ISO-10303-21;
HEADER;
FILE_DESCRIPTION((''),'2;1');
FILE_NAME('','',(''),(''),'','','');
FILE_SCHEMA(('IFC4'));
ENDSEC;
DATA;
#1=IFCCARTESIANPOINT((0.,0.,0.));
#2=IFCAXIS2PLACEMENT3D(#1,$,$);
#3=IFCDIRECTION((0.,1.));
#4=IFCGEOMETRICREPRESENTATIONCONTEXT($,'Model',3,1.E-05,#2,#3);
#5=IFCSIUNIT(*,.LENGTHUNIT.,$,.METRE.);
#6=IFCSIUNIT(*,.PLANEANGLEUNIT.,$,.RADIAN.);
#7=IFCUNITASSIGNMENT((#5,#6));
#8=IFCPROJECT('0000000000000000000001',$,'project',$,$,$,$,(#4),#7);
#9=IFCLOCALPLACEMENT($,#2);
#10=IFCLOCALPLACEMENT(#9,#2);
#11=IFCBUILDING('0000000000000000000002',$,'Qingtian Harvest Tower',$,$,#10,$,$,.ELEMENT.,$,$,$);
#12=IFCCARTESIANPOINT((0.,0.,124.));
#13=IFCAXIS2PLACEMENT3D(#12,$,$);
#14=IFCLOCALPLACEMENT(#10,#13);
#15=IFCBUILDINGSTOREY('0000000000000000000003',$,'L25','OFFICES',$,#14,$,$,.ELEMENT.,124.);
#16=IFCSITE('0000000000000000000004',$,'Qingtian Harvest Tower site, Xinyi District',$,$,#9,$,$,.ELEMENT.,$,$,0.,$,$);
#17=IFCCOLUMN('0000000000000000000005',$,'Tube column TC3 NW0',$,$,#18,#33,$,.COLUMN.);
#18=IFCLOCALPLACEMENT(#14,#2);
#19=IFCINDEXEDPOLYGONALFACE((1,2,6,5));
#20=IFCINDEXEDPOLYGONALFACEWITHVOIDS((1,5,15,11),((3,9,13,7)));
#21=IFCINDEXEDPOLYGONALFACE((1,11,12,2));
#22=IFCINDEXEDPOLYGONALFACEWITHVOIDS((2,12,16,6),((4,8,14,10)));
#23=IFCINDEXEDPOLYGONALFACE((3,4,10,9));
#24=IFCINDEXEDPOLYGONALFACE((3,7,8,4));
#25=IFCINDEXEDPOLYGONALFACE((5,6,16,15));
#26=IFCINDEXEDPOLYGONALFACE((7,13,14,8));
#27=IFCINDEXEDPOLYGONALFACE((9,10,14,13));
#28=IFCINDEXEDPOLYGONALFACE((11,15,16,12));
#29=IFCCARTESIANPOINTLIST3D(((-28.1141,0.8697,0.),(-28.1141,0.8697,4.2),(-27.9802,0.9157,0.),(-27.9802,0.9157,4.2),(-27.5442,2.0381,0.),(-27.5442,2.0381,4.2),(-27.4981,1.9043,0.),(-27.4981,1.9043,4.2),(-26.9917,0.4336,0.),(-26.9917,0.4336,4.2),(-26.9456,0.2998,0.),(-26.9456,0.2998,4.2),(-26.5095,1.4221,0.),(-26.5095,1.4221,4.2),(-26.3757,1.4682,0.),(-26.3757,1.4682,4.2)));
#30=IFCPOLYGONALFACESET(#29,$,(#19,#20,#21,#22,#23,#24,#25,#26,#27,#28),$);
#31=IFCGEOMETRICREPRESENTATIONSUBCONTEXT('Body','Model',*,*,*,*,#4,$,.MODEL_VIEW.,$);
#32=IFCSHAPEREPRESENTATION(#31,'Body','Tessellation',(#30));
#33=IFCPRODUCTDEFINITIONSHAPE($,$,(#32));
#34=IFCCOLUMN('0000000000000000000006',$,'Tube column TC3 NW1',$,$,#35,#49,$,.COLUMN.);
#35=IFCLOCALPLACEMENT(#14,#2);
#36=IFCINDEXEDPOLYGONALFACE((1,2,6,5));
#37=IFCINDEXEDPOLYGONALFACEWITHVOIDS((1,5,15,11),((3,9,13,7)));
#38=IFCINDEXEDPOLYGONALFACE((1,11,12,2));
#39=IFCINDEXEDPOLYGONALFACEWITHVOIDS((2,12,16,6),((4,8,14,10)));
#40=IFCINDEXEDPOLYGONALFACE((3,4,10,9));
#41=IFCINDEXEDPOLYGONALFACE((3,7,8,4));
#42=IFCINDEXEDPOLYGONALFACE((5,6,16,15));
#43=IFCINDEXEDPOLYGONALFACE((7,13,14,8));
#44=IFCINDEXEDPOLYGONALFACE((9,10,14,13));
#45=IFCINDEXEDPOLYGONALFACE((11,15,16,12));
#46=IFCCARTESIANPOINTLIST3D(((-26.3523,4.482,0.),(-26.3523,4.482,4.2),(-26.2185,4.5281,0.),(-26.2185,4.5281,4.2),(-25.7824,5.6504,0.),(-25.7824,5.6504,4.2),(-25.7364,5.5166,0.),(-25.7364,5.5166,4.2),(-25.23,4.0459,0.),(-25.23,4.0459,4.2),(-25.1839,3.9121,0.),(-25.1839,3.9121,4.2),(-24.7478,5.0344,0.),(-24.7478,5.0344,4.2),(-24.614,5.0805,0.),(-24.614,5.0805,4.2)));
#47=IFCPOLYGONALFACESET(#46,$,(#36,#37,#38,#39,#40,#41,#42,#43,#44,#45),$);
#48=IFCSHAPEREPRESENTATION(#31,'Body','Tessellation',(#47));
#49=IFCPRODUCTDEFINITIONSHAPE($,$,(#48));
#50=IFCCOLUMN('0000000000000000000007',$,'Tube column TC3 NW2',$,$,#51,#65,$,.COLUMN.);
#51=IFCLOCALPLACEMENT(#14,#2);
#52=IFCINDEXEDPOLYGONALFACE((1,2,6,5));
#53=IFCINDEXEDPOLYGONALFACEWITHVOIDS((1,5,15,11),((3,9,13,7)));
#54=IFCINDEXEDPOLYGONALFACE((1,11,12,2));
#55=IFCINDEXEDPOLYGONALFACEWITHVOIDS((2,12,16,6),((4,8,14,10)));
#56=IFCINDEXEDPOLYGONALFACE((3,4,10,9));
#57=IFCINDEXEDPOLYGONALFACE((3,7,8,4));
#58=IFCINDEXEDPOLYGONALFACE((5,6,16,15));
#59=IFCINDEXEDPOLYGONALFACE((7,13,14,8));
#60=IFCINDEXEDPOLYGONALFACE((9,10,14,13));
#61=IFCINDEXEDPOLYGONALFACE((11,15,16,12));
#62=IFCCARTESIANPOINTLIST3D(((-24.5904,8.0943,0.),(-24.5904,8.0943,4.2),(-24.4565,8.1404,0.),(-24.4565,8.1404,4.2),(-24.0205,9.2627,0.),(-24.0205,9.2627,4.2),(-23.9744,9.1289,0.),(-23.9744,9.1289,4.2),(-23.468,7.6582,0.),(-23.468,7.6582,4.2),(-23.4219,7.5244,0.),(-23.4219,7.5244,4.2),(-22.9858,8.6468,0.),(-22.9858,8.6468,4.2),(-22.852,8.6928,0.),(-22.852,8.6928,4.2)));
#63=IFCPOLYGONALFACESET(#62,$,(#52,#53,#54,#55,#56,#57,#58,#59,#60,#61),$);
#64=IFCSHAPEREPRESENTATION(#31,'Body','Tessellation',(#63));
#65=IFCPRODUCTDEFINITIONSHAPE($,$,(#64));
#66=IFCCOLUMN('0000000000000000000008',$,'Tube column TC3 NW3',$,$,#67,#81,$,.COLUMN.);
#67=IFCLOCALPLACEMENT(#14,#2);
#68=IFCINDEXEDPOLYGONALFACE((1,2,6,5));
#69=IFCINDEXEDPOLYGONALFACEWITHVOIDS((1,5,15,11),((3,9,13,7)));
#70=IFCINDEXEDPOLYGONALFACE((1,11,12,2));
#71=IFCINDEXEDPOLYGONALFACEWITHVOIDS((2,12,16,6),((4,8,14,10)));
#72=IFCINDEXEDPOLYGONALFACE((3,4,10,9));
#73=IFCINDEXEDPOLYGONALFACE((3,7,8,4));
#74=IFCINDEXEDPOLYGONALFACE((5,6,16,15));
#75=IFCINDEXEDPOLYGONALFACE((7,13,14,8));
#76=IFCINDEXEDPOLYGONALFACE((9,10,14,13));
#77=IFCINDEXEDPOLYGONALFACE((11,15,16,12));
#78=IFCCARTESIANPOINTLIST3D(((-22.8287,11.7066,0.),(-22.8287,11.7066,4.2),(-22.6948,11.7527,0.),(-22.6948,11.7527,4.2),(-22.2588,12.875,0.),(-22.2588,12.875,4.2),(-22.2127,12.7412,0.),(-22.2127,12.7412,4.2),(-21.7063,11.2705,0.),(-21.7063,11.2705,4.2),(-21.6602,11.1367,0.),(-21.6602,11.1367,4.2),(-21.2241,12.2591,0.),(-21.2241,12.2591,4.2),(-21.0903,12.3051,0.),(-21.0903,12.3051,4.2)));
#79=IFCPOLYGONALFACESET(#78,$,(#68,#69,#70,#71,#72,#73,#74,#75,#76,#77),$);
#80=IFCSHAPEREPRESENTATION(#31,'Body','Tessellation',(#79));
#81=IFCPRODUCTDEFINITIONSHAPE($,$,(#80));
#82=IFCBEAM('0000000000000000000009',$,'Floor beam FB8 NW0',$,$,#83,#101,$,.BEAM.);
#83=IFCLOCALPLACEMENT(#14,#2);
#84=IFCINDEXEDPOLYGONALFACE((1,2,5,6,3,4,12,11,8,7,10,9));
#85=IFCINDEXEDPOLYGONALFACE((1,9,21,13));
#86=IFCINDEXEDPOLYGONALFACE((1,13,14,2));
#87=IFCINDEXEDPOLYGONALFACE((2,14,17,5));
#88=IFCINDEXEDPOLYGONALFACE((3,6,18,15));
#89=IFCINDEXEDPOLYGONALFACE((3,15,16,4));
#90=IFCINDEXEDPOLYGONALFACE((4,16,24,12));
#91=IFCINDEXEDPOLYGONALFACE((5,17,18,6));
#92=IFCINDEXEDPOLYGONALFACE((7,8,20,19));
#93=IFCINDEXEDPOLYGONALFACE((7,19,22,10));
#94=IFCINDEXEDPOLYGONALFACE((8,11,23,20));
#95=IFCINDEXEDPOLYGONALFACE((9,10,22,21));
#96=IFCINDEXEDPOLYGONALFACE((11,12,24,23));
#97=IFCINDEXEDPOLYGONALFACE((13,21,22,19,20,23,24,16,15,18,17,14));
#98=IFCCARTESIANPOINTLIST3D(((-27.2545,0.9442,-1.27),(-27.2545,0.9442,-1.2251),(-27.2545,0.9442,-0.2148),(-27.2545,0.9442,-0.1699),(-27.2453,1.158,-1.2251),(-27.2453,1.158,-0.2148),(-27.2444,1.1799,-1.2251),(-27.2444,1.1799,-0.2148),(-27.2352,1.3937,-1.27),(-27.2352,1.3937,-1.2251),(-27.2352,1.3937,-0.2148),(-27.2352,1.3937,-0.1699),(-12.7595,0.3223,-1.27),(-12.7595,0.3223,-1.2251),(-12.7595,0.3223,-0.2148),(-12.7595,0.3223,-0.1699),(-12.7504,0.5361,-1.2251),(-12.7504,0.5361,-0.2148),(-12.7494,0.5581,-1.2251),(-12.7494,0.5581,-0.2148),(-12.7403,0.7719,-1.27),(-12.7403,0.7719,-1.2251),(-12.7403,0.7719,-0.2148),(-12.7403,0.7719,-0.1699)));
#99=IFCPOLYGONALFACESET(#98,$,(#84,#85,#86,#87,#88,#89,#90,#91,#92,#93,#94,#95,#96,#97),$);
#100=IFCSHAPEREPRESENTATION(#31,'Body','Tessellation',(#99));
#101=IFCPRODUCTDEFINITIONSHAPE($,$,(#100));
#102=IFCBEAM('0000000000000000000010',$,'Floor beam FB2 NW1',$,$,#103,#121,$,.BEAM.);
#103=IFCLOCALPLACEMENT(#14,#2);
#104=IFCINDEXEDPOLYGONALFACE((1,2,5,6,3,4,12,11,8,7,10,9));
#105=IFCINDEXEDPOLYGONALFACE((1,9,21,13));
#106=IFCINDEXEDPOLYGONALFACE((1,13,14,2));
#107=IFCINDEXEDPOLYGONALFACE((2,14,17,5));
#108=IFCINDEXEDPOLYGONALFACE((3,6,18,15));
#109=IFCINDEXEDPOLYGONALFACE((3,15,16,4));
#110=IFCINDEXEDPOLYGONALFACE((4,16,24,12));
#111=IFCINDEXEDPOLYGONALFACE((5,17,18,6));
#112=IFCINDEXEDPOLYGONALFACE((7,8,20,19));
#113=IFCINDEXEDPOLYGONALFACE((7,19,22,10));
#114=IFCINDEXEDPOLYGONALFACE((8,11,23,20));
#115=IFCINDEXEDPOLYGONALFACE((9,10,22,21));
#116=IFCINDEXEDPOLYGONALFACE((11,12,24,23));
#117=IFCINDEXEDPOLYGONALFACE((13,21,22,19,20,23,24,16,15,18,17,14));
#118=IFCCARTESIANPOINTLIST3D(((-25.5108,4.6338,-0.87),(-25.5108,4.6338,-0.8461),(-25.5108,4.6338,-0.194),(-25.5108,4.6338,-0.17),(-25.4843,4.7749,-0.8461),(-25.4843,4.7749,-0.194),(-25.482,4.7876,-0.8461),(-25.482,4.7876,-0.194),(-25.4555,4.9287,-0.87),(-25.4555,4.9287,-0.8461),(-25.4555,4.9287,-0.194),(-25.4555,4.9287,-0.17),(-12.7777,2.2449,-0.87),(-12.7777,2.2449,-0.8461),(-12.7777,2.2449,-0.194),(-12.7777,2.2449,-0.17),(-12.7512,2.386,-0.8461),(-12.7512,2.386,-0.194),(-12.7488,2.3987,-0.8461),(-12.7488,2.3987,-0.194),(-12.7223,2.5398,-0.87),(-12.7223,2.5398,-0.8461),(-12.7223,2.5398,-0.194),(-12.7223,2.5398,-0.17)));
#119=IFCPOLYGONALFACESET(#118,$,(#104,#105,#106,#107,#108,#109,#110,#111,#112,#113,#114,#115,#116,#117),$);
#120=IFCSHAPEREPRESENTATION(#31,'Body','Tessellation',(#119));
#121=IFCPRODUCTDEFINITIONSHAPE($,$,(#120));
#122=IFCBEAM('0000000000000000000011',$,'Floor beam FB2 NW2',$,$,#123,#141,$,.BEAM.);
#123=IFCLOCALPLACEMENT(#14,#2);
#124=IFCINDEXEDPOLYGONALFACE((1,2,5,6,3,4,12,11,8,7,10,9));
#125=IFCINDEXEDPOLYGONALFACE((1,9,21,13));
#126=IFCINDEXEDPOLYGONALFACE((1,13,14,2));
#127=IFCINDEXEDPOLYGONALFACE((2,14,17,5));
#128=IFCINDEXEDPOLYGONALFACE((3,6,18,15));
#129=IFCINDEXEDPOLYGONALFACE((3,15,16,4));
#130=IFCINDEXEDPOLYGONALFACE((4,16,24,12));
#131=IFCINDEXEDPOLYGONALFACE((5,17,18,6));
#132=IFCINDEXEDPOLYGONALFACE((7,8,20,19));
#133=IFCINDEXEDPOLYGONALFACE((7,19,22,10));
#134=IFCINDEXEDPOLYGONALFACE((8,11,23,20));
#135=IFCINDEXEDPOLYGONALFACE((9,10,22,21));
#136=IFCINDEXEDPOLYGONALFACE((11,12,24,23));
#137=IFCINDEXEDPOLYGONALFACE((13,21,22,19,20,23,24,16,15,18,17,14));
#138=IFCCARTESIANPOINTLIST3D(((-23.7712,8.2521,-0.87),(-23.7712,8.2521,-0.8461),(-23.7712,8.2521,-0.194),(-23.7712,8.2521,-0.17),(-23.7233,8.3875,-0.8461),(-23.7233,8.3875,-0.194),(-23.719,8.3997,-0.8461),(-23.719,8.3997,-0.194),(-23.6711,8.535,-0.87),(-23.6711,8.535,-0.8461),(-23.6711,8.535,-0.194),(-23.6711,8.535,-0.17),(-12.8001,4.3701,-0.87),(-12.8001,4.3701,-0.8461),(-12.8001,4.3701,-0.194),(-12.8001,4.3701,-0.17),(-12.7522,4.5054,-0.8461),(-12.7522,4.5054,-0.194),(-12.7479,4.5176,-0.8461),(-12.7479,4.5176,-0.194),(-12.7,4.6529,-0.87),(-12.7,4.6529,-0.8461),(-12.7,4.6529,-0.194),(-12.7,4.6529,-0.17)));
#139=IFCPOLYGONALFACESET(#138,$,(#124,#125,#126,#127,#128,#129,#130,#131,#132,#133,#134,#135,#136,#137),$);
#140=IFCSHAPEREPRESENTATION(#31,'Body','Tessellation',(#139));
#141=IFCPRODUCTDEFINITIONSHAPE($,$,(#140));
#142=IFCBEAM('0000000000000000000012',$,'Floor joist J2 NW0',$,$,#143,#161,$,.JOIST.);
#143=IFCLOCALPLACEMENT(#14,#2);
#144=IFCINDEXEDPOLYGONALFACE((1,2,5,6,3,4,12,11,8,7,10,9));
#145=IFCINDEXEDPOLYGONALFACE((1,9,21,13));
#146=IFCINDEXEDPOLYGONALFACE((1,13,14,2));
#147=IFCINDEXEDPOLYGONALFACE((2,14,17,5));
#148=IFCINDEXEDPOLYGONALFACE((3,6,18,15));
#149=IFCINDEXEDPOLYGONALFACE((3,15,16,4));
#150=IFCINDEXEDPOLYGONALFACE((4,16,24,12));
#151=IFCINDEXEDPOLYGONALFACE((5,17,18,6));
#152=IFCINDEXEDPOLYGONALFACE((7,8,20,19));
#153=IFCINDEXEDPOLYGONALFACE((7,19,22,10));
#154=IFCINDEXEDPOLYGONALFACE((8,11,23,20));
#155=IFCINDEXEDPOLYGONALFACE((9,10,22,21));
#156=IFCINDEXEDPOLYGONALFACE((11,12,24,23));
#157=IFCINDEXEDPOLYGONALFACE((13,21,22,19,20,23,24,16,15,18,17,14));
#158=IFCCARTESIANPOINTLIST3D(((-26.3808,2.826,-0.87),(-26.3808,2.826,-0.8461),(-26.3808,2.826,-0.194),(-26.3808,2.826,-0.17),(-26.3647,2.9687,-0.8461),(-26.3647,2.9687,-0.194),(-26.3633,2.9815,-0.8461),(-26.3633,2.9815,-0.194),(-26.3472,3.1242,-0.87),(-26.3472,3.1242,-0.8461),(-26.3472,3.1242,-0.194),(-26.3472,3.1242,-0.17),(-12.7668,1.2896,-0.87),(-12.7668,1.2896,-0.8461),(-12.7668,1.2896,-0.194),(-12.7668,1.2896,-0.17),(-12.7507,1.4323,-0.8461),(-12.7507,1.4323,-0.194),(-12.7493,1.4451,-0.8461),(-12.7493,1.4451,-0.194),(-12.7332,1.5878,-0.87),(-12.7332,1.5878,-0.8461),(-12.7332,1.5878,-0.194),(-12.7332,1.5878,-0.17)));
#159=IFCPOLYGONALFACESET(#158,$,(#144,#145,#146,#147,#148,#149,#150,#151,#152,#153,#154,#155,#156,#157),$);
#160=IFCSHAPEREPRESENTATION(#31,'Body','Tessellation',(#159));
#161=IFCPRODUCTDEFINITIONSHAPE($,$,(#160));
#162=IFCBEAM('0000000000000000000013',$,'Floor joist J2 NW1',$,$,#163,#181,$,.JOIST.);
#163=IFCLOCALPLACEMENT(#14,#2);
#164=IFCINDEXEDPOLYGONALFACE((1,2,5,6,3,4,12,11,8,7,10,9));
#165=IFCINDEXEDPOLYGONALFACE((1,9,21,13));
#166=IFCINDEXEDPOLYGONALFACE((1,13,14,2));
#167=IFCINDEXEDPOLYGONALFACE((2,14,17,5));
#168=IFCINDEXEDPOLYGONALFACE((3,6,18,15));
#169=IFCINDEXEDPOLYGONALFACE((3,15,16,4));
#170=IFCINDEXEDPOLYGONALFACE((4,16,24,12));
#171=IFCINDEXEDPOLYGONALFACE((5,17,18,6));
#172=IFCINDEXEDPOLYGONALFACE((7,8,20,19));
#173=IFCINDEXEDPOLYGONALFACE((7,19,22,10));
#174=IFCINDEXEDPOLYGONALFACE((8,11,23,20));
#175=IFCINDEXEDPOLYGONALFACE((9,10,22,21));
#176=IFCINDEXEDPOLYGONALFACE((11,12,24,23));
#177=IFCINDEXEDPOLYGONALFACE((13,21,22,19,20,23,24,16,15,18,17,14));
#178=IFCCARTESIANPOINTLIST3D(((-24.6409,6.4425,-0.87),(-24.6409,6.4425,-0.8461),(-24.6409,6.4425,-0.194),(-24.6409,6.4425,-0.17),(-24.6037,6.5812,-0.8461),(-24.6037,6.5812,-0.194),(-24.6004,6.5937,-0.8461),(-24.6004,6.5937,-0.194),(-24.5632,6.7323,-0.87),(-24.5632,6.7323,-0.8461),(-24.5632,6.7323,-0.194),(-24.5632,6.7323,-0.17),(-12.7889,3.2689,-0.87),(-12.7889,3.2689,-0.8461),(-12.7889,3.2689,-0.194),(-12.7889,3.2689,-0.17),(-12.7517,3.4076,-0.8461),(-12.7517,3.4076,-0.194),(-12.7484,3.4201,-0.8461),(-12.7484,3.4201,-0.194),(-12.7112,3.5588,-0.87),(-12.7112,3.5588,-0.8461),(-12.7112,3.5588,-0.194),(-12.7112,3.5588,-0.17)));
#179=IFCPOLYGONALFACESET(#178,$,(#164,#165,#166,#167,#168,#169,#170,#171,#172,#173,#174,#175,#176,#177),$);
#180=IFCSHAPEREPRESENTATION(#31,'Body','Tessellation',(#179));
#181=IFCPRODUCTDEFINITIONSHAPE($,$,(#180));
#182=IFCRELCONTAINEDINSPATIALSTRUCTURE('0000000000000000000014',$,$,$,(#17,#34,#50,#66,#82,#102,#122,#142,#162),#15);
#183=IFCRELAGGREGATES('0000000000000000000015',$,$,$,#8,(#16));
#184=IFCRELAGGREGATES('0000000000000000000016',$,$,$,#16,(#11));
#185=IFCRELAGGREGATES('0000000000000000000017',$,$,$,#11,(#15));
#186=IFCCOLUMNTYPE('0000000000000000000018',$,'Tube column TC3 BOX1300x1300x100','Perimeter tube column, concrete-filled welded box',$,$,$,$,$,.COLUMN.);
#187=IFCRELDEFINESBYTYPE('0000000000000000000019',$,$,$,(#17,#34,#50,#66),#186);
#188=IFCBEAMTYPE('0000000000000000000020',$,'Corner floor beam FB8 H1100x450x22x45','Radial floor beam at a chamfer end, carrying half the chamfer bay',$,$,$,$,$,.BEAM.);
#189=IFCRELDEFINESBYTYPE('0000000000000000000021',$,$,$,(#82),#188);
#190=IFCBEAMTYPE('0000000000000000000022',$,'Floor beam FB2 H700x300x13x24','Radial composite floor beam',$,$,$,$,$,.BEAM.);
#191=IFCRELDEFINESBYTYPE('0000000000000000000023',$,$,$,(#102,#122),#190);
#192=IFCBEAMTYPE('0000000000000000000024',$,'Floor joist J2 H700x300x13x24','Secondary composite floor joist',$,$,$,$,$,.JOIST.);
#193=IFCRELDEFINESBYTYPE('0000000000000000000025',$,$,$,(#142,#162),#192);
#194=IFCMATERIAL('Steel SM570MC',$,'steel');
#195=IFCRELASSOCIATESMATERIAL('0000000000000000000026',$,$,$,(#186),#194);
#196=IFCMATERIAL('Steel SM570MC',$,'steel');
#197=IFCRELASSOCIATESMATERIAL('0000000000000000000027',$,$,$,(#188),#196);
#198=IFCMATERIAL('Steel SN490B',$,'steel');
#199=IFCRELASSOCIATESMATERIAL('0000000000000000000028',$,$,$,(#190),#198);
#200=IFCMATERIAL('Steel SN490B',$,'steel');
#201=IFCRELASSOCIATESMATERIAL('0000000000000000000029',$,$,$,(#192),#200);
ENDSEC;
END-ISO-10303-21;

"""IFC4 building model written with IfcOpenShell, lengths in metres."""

from ifc_helpers import new_model, si_unit, direction, frame, origin, origin_2d, place, context, subcontext, project, spatial, hollow_rectangle, i_section, extrude, material, material_profile, profile_set, type_object, element, save


model = new_model("IFC4")

# Units and contexts
model_context = context("Model", 3, precision=1e-05, world=origin(), true_north=direction((0.0, 1.0)))
body_context = subcontext(model_context, "Body", "Model", "MODEL_VIEW")
ifc_project = project(units=[si_unit("LENGTHUNIT", "METRE"), si_unit("PLANEANGLEUNIT", "RADIAN")], contexts=[model_context])

# Site, building, storey
site_placement = place(None, origin())
site = spatial("IfcSite", under=ifc_project, at=site_placement, Name="Qingtian Harvest Tower site, Xinyi District", CompositionType="ELEMENT", RefElevation=0.0)
building_placement = place(site_placement, origin())
building = spatial("IfcBuilding", under=site, at=building_placement, Name="Qingtian Harvest Tower", CompositionType="ELEMENT")
storey_placement = place(building_placement, frame((0.0, 0.0, 124.0)))
storey = spatial("IfcBuildingStorey", under=building, at=storey_placement, Name="L25", Description="OFFICES", CompositionType="ELEMENT", Elevation=124.0)

# Columns
ifc_material_1 = material(Name="Steel SM570MC", Category="steel")
ifc_material_profile_1 = material_profile(ifc_material_1, hollow_rectangle(XDim=1.3, YDim=1.3, WallThickness=0.1001, at=origin_2d()), Name="BOX1300x1300x100")
ifc_profile_set_1 = profile_set([ifc_material_profile_1], Name="Steel SM570MC")
column_type = type_object("IfcColumnType", Name="Tube column TC3 BOX1300x1300x100", Description="Perimeter tube column, concrete-filled welded box", PredefinedType="COLUMN", material=ifc_profile_set_1)
for number, where, z_axis, x_axis, name in (
    (1, (-27.2449, 1.1689, 0.0), (0.0, 0.0, 1.0), (-0.438371, -0.898794, 0.0), "Tube column TC3 NW0"),
    (2, (-25.4832, 4.7812, 0.0), (0.0, 0.0, 1.0), (-0.438371, -0.898794, 0.0), "Tube column TC3 NW1"),
    (3, (-23.7212, 8.3936, 0.0), (0.0, 0.0, 1.0), (-0.438371, -0.898794, 0.0), "Tube column TC3 NW2"),
    (4, (-21.9595, 12.0059, 0.0), (0.0, 0.0, 1.0), (-0.438371, -0.898794, 0.0), "Tube column TC3 NW3"),
):
    element("IfcColumn", number, at=place(storey_placement, frame(where, z_axis=z_axis, x_axis=x_axis)), inside=storey, type_object=column_type, Name=name, PredefinedType="COLUMN", context=body_context, shape_type="SweptSolid", body=[
        extrude(hollow_rectangle(XDim=1.3, YDim=1.3, WallThickness=0.1001, at=origin_2d()), origin(), (0.0, 0.0, 1.0), 4.2),
    ])

# Beams
ifc_material_2 = material(Name="Steel SM570MC", Category="steel")
ifc_material_profile_2 = material_profile(ifc_material_2, i_section(OverallWidth=0.45, OverallDepth=1.1001, WebThickness=0.022, FlangeThickness=0.0449, at=origin_2d()), Name="H1100x450x22x45")
ifc_profile_set_2 = profile_set([ifc_material_profile_2], Name="Steel SM570MC")
beam_type_1 = type_object("IfcBeamType", Name="Corner floor beam FB8 H1100x450x22x45", Description="Radial floor beam at a chamfer end, carrying half the chamfer bay", PredefinedType="BEAM", material=ifc_profile_set_2)
beam_1_placement = place(storey_placement, frame((-27.2449, 1.1689, -0.72), z_axis=(0.999081, -0.04286, 0.0), x_axis=(0.04286, 0.999081, 0.0)))
element("IfcBeam", 5, at=beam_1_placement, inside=storey, type_object=beam_type_1, Name="Floor beam FB8 NW0", PredefinedType="BEAM", context=body_context, shape_type="SweptSolid", body=[
    extrude(i_section(OverallWidth=0.45, OverallDepth=1.1001, WebThickness=0.022, FlangeThickness=0.0449, at=origin_2d()), origin(), (0.0, 0.0, 1.0), 14.5083),
])
ifc_material_3 = material(Name="Steel SN490B", Category="steel")
ifc_material_profile_3 = material_profile(ifc_material_3, i_section(OverallWidth=0.3, OverallDepth=0.7, WebThickness=0.0129, FlangeThickness=0.0239, at=origin_2d()), Name="H700x300x13x24")
ifc_profile_set_3 = profile_set([ifc_material_profile_3], Name="Steel SN490B")
beam_type_2 = type_object("IfcBeamType", Name="Floor beam FB2 H700x300x13x24", Description="Radial composite floor beam", PredefinedType="BEAM", material=ifc_profile_set_3)
beam_2_placement = place(storey_placement, frame((-25.4832, 4.7812, -0.52), z_axis=(0.982852, -0.184397, 0.0), x_axis=(0.184397, 0.982852, 0.0)))
element("IfcBeam", 6, at=beam_2_placement, inside=storey, type_object=beam_type_2, Name="Floor beam FB2 NW1", PredefinedType="BEAM", context=body_context, shape_type="SweptSolid", body=[
    extrude(i_section(OverallWidth=0.3, OverallDepth=0.7, WebThickness=0.0129, FlangeThickness=0.0239, at=origin_2d()), origin(), (0.0, 0.0, 1.0), 12.9553),
])
beam_3_placement = place(storey_placement, frame((-23.7212, 8.3936, -0.52), z_axis=(0.942723, -0.333576, 0.0), x_axis=(0.333576, 0.942723, 0.0)))
element("IfcBeam", 7, at=beam_3_placement, inside=storey, type_object=beam_type_2, Name="Floor beam FB2 NW2", PredefinedType="BEAM", context=body_context, shape_type="SweptSolid", body=[
    extrude(i_section(OverallWidth=0.3, OverallDepth=0.7, WebThickness=0.0129, FlangeThickness=0.0239, at=origin_2d()), origin(), (0.0, 0.0, 1.0), 11.6377),
])
ifc_material_4 = material(Name="Steel SN490B", Category="steel")
ifc_material_profile_4 = material_profile(ifc_material_4, i_section(OverallWidth=0.3, OverallDepth=0.7, WebThickness=0.0129, FlangeThickness=0.0239, at=origin_2d()), Name="H700x300x13x24")
ifc_profile_set_4 = profile_set([ifc_material_profile_4], Name="Steel SN490B")
beam_type_3 = type_object("IfcBeamType", Name="Floor joist J2 H700x300x13x24", Description="Secondary composite floor joist", PredefinedType="JOIST", material=ifc_profile_set_4)
beam_4_placement = place(storey_placement, frame((-26.364, 2.9751, -0.52), z_axis=(0.993692, -0.112141, 0.0), x_axis=(0.112141, 0.993692, 0.0)))
element("IfcBeam", 8, at=beam_4_placement, inside=storey, type_object=beam_type_3, Name="Floor joist J2 NW0", PredefinedType="JOIST", context=body_context, shape_type="SweptSolid", body=[
    extrude(i_section(OverallWidth=0.3, OverallDepth=0.7, WebThickness=0.0129, FlangeThickness=0.0239, at=origin_2d()), origin(), (0.0, 0.0, 1.0), 13.7004),
])
beam_5_placement = place(storey_placement, frame((-24.6021, 6.5874, -0.52), z_axis=(0.96597, -0.258655, 0.0), x_axis=(0.258655, 0.96597, 0.0)))
element("IfcBeam", 9, at=beam_5_placement, inside=storey, type_object=beam_type_3, Name="Floor joist J2 NW1", PredefinedType="JOIST", context=body_context, shape_type="SweptSolid", body=[
    extrude(i_section(OverallWidth=0.3, OverallDepth=0.7, WebThickness=0.0129, FlangeThickness=0.0239, at=origin_2d()), origin(), (0.0, 0.0, 1.0), 12.2695),
])

save(model, "model.ifc")
